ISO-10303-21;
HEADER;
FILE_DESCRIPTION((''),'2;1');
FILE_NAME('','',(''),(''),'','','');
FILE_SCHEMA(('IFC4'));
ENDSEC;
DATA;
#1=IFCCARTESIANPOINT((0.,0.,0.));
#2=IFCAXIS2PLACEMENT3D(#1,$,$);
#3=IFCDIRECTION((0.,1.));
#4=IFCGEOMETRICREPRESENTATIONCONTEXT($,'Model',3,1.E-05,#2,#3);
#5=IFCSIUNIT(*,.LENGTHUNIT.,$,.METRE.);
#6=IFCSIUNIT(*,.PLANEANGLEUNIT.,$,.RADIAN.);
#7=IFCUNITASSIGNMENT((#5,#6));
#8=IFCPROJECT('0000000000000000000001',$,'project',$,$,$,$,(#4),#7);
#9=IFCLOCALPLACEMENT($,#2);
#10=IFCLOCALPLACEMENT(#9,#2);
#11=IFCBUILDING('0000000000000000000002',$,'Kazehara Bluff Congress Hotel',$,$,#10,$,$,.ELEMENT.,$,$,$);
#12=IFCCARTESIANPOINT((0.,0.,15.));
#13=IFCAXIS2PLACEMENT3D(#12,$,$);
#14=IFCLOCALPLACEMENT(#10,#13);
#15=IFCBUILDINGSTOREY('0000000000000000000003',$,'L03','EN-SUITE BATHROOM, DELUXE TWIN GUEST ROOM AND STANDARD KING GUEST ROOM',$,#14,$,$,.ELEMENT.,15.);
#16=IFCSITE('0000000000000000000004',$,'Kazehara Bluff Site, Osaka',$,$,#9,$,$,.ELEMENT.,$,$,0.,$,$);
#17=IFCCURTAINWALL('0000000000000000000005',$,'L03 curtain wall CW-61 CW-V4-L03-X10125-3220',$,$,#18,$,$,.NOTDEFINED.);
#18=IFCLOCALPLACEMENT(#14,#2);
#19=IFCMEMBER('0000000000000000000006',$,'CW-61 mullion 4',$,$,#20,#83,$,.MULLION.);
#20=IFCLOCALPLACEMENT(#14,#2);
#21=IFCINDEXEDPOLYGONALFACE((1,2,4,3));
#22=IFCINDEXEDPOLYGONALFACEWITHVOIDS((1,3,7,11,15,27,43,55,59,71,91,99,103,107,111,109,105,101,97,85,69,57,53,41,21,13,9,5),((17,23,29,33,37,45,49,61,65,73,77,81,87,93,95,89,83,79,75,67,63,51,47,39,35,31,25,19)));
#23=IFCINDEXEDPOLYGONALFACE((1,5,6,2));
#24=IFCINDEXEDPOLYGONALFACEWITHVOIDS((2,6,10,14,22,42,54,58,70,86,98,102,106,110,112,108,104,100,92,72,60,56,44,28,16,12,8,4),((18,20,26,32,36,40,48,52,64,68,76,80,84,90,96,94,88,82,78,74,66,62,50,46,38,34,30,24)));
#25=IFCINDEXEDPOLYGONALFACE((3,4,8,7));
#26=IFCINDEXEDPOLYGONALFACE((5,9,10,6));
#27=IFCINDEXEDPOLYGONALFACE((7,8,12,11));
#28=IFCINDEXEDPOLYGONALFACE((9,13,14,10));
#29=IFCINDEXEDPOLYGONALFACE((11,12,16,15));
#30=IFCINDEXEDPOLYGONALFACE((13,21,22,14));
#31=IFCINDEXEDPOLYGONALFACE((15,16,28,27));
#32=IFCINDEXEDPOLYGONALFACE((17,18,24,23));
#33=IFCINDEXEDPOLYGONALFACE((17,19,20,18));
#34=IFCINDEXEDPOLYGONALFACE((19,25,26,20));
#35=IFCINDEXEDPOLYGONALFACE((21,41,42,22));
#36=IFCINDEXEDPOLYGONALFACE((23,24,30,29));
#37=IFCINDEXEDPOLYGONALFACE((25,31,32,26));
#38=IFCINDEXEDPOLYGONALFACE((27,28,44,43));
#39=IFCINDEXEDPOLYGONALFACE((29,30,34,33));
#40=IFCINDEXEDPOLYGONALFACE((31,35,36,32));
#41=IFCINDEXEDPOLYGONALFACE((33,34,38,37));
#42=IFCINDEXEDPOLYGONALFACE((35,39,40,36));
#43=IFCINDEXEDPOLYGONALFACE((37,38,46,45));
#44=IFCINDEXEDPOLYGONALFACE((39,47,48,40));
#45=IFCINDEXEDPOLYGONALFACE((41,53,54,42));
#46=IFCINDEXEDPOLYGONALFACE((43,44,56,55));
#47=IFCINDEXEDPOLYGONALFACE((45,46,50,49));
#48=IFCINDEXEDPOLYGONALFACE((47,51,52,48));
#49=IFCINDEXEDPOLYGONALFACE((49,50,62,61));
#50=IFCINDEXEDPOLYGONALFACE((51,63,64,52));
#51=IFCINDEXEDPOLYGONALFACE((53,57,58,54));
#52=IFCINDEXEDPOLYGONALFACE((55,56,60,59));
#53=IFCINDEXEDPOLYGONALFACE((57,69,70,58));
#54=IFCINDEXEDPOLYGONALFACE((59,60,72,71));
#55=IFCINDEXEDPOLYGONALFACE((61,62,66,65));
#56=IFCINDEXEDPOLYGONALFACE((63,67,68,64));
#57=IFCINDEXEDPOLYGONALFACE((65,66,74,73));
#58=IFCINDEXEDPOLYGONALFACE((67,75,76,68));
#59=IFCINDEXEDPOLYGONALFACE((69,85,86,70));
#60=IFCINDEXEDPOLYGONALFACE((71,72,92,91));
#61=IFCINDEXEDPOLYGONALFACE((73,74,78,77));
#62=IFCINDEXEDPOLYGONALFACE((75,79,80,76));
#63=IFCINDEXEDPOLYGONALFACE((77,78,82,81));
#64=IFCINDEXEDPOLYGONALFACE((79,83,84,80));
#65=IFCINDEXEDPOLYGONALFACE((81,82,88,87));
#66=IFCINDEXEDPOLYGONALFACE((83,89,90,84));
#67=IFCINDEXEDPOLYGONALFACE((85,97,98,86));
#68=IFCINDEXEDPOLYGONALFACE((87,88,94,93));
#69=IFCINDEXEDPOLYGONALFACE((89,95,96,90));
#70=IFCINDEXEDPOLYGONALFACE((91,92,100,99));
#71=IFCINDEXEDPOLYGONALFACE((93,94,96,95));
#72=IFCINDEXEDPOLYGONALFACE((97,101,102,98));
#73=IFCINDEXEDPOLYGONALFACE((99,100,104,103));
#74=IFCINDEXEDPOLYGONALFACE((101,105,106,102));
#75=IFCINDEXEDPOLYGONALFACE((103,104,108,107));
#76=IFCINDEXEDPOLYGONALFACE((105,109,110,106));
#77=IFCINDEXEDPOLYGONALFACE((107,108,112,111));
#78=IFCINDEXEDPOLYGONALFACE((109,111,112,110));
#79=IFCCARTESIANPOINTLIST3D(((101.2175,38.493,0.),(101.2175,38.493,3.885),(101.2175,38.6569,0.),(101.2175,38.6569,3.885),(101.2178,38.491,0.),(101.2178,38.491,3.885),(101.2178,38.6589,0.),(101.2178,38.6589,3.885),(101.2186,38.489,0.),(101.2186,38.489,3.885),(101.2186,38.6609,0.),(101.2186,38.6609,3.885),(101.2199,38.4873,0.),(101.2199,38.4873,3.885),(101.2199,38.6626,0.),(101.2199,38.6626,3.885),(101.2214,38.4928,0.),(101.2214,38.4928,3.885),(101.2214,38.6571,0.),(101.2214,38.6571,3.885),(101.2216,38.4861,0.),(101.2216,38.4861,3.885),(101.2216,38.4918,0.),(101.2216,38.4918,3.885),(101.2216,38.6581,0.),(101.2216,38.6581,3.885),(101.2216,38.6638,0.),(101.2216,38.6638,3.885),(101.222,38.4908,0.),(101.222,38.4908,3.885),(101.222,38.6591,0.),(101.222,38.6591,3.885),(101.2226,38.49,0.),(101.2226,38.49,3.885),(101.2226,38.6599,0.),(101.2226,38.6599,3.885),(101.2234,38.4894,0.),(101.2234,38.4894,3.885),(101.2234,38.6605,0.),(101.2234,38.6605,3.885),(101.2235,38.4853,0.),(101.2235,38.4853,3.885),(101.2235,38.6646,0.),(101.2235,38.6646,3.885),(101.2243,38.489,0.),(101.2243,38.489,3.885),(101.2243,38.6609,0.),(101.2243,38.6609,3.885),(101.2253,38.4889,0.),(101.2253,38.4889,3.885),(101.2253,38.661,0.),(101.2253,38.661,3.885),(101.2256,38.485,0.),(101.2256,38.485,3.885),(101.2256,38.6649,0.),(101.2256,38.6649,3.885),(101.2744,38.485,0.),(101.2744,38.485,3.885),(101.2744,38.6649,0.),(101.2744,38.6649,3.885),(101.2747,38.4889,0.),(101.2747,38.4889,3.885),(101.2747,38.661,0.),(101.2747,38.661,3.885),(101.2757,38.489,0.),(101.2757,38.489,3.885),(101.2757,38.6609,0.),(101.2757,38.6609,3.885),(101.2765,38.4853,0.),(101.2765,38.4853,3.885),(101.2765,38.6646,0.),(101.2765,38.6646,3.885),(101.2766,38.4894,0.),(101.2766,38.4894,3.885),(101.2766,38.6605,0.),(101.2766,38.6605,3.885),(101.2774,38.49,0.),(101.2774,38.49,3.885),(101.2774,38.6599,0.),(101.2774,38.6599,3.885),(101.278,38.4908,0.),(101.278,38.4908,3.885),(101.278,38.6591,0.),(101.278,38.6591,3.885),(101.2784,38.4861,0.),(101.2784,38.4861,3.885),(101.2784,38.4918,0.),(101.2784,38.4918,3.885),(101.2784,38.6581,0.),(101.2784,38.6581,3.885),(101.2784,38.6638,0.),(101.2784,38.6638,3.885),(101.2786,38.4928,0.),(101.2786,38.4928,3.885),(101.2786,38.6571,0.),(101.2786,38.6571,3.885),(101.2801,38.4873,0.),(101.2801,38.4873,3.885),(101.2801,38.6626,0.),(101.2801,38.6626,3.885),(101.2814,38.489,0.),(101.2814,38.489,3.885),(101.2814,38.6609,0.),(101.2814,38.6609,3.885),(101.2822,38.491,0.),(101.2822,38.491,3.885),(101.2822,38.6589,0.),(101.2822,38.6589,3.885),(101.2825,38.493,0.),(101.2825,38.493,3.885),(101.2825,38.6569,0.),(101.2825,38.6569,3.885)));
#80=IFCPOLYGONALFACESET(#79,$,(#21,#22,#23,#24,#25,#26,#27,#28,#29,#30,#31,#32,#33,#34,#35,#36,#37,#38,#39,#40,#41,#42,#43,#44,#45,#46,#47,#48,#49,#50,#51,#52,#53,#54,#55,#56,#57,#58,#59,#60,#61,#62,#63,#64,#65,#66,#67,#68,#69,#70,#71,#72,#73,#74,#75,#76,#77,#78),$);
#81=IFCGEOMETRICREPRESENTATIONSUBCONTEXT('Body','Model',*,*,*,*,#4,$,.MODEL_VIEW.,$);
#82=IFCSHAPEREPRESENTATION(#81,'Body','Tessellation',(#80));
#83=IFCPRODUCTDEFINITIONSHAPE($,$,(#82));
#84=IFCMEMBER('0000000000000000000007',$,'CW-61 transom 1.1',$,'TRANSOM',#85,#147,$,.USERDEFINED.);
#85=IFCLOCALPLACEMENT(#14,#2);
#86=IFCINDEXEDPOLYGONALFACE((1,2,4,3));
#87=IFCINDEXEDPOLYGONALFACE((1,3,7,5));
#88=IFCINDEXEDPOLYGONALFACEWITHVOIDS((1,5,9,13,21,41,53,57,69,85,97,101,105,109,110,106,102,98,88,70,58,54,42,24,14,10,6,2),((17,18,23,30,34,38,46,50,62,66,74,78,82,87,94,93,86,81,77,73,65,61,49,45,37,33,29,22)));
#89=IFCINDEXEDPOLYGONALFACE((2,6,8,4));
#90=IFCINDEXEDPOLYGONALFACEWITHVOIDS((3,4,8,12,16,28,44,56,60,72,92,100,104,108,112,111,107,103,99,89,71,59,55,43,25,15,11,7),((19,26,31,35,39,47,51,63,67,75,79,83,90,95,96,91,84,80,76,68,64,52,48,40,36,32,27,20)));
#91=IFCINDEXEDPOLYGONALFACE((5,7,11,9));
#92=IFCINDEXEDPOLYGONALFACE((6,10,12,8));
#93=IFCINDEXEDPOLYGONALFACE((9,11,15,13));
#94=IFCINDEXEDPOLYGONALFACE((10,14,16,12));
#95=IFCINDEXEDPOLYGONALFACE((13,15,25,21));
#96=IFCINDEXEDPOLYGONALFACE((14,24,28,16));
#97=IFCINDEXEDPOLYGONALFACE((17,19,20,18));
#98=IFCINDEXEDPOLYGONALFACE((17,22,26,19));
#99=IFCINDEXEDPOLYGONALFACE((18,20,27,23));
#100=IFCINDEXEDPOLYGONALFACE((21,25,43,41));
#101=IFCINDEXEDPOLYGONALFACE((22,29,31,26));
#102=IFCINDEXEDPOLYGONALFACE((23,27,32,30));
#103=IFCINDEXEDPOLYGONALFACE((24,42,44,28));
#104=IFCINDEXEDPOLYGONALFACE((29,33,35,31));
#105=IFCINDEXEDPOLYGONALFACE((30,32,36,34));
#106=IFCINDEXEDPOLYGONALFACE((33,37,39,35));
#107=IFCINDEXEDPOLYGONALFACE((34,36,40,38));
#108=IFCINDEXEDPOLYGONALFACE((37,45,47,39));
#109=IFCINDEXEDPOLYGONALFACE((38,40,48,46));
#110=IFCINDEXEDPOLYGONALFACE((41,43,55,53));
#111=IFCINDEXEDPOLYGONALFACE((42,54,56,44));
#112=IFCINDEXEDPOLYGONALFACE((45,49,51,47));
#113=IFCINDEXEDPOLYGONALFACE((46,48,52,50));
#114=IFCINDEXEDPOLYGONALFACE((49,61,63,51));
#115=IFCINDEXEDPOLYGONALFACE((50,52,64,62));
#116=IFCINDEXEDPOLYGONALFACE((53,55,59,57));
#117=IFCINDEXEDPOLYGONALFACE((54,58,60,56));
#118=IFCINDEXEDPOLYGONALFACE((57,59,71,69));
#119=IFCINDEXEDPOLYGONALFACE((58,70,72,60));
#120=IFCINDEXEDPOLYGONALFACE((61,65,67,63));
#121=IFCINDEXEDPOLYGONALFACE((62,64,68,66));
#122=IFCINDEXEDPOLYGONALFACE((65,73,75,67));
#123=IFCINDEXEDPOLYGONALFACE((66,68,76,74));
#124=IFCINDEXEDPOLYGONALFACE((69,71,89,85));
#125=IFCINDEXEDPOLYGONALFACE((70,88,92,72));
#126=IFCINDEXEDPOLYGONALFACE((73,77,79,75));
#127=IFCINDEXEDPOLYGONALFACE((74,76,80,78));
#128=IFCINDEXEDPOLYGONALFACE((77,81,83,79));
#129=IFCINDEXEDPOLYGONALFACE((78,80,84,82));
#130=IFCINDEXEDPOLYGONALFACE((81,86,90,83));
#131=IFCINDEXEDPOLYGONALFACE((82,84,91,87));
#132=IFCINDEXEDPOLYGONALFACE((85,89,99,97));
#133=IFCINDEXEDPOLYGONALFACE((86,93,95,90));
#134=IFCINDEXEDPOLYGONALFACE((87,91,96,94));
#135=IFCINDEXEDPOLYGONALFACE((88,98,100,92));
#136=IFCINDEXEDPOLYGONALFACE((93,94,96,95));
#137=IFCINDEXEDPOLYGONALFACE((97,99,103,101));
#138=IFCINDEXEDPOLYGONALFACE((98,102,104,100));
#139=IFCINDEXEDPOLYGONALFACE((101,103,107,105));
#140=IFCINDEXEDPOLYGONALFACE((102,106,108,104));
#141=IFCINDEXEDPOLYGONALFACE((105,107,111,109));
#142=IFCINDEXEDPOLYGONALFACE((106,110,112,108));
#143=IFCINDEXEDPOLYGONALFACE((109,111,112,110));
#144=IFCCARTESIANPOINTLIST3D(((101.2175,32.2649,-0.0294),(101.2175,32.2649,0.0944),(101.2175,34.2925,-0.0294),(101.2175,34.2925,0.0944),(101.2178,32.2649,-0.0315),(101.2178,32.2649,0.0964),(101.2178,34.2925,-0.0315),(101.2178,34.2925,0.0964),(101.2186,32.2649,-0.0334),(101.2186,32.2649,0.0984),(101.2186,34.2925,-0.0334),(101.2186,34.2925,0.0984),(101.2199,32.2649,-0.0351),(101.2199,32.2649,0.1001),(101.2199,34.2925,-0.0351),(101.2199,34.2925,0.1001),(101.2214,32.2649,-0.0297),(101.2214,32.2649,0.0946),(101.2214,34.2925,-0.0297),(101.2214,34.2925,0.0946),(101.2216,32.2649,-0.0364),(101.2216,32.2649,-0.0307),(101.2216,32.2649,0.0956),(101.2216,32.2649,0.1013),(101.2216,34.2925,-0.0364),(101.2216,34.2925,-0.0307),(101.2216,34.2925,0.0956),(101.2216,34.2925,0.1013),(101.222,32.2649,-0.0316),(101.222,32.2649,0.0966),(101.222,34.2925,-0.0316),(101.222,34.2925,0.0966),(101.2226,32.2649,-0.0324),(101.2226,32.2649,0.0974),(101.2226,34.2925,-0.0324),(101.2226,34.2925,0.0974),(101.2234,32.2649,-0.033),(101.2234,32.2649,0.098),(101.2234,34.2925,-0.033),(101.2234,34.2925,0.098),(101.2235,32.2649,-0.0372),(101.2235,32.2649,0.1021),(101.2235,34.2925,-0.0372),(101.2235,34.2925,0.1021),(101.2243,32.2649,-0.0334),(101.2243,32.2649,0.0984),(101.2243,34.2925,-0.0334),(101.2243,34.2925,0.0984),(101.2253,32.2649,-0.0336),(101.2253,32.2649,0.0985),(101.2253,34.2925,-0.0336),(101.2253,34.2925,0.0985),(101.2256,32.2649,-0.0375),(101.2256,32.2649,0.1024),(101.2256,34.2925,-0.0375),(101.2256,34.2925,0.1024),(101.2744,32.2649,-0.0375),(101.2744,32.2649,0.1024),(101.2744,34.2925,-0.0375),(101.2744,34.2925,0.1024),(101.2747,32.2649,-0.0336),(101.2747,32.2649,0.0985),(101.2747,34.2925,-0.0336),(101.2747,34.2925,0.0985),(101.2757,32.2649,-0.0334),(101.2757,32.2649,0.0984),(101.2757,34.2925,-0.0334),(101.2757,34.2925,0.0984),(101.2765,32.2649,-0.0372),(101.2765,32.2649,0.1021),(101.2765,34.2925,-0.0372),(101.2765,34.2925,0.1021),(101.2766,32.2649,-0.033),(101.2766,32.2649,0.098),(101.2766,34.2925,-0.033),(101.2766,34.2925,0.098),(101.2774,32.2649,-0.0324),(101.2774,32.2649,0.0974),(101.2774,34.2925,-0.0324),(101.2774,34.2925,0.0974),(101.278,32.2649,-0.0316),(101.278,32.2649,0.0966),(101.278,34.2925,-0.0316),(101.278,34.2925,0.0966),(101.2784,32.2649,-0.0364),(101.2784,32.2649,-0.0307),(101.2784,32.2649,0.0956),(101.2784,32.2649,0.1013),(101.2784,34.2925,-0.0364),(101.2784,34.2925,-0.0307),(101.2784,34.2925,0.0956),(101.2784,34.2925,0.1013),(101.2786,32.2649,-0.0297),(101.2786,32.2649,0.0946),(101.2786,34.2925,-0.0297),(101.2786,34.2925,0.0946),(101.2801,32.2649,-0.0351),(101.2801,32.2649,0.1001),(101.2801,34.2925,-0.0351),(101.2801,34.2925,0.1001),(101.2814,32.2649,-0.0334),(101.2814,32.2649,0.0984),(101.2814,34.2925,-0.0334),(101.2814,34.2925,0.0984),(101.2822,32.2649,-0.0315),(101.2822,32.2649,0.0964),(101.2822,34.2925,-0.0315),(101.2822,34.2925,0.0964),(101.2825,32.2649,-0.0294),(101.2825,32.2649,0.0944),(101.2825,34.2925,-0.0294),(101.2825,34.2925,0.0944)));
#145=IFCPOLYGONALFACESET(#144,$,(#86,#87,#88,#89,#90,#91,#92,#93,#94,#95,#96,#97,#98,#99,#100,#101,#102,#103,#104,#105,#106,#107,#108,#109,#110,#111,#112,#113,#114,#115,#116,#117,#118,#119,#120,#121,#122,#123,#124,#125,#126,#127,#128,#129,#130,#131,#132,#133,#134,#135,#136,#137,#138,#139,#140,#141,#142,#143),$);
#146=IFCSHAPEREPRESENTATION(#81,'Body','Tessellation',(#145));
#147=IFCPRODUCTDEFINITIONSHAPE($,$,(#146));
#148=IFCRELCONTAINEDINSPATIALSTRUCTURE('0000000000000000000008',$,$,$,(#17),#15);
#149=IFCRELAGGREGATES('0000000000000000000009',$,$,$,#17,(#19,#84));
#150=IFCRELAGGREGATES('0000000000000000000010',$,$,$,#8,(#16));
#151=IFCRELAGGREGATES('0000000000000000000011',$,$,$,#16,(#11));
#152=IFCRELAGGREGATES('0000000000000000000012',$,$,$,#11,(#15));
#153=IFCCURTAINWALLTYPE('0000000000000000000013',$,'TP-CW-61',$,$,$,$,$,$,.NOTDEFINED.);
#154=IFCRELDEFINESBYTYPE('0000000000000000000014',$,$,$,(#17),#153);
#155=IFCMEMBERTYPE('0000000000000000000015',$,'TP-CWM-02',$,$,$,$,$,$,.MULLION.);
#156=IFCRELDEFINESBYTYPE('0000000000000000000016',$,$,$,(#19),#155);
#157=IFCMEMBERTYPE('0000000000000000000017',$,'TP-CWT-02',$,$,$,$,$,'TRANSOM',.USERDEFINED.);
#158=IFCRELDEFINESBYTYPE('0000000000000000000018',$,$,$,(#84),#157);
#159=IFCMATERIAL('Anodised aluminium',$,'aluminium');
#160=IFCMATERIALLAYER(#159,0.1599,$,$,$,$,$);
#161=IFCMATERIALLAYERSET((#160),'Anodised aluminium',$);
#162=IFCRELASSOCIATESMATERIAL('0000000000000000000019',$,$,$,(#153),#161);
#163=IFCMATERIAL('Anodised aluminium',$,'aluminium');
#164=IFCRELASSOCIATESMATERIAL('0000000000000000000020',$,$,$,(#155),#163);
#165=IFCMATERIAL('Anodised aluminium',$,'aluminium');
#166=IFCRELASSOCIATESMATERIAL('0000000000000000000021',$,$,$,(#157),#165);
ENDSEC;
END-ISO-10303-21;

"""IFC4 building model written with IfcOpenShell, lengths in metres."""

from ifc_helpers import new_model, si_unit, direction, frame, origin, origin_2d, place, context, subcontext, project, spatial, hollow_rectangle, extrude, material, layer, layer_set, material_profile, profile_set, type_object, element, aggregate, save


model = new_model("IFC4")

# Units and contexts
model_context = context("Model", 3, precision=1e-05, world=origin(), true_north=direction((0.0, 1.0)))
body_context = subcontext(model_context, "Body", "Model", "MODEL_VIEW")
ifc_project = project(units=[si_unit("LENGTHUNIT", "METRE"), si_unit("PLANEANGLEUNIT", "RADIAN")], contexts=[model_context])

# Site, building, storey
site_placement = place(None, origin())
site = spatial("IfcSite", under=ifc_project, at=site_placement, Name="Kazehara Bluff Site, Osaka", CompositionType="ELEMENT", RefElevation=0.0)
building_placement = place(site_placement, origin())
building = spatial("IfcBuilding", under=site, at=building_placement, Name="Kazehara Bluff Congress Hotel", CompositionType="ELEMENT")
storey_placement = place(building_placement, frame((0.0, 0.0, 15.0)))
storey = spatial("IfcBuildingStorey", under=building, at=storey_placement, Name="L03", Description="EN-SUITE BATHROOM, DELUXE TWIN GUEST ROOM AND STANDARD KING GUEST ROOM", CompositionType="ELEMENT", Elevation=15.0)

# Curtain wall, members
ifc_material_1 = material(Name="Anodised aluminium", Category="aluminium")
ifc_layer_1 = layer(ifc_material_1, 0.1599)
ifc_layer_set_1 = layer_set([ifc_layer_1], Name="Anodised aluminium")
curtain_wall_type = type_object("IfcCurtainWallType", Name="TP-CW-61", PredefinedType="NOTDEFINED", material=ifc_layer_set_1)
curtain_wall_placement = place(storey_placement, origin())
curtain_wall = element("IfcCurtainWall", 1, at=curtain_wall_placement, inside=storey, type_object=curtain_wall_type, Name="L03 curtain wall CW-61 CW-V4-L03-X10125-3220", PredefinedType="NOTDEFINED")
ifc_material_2 = material(Name="Anodised aluminium", Category="aluminium")
ifc_material_profile_1 = material_profile(ifc_material_2, hollow_rectangle(XDim=0.0649, YDim=0.1799, WallThickness=0.0039, InnerFilletRadius=0.0039, OuterFilletRadius=0.0081, at=origin_2d()))
ifc_profile_set_1 = profile_set([ifc_material_profile_1], Name="Anodised aluminium")
member_type_1 = type_object("IfcMemberType", Name="TP-CWM-02", PredefinedType="MULLION", material=ifc_profile_set_1)
member_1_placement = place(storey_placement, frame((101.25, 38.575, 0.0), z_axis=(0.0, 0.0, 1.0), x_axis=(-1.0, 0.0, 0.0)))
member_1 = element("IfcMember", 2, at=member_1_placement, type_object=member_type_1, Name="CW-61 mullion 4", PredefinedType="MULLION", context=body_context, shape_type="SweptSolid", body=[
    extrude(hollow_rectangle(XDim=0.0649, YDim=0.1799, WallThickness=0.0039, InnerFilletRadius=0.0039, OuterFilletRadius=0.0081, at=origin_2d()), origin(), (0.0, 0.0, 1.0), 3.885),
])
ifc_material_3 = material(Name="Anodised aluminium", Category="aluminium")
ifc_material_profile_2 = material_profile(ifc_material_3, hollow_rectangle(XDim=0.0649, YDim=0.1399, WallThickness=0.0039, InnerFilletRadius=0.0039, OuterFilletRadius=0.0081, at=origin_2d()))
ifc_profile_set_2 = profile_set([ifc_material_profile_2], Name="Anodised aluminium")
member_type_2 = type_object("IfcMemberType", Name="TP-CWT-02", ElementType="TRANSOM", PredefinedType="USERDEFINED", material=ifc_profile_set_2)
member_2_placement = place(storey_placement, frame((101.25, 32.2649, 0.0325), z_axis=(0.0, 1.0, 0.0), x_axis=(-1.0, 0.0, 0.0)))
member_2 = element("IfcMember", 3, at=member_2_placement, type_object=member_type_2, Name="CW-61 transom 1.1", ObjectType="TRANSOM", PredefinedType="USERDEFINED", context=body_context, shape_type="SweptSolid", body=[
    extrude(hollow_rectangle(XDim=0.0649, YDim=0.1399, WallThickness=0.0039, InnerFilletRadius=0.0039, OuterFilletRadius=0.0081, at=origin_2d()), origin(), (0.0, 0.0, 1.0), 2.0276),
])
aggregate(curtain_wall, [member_1, member_2])

save(model, "model.ifc")
